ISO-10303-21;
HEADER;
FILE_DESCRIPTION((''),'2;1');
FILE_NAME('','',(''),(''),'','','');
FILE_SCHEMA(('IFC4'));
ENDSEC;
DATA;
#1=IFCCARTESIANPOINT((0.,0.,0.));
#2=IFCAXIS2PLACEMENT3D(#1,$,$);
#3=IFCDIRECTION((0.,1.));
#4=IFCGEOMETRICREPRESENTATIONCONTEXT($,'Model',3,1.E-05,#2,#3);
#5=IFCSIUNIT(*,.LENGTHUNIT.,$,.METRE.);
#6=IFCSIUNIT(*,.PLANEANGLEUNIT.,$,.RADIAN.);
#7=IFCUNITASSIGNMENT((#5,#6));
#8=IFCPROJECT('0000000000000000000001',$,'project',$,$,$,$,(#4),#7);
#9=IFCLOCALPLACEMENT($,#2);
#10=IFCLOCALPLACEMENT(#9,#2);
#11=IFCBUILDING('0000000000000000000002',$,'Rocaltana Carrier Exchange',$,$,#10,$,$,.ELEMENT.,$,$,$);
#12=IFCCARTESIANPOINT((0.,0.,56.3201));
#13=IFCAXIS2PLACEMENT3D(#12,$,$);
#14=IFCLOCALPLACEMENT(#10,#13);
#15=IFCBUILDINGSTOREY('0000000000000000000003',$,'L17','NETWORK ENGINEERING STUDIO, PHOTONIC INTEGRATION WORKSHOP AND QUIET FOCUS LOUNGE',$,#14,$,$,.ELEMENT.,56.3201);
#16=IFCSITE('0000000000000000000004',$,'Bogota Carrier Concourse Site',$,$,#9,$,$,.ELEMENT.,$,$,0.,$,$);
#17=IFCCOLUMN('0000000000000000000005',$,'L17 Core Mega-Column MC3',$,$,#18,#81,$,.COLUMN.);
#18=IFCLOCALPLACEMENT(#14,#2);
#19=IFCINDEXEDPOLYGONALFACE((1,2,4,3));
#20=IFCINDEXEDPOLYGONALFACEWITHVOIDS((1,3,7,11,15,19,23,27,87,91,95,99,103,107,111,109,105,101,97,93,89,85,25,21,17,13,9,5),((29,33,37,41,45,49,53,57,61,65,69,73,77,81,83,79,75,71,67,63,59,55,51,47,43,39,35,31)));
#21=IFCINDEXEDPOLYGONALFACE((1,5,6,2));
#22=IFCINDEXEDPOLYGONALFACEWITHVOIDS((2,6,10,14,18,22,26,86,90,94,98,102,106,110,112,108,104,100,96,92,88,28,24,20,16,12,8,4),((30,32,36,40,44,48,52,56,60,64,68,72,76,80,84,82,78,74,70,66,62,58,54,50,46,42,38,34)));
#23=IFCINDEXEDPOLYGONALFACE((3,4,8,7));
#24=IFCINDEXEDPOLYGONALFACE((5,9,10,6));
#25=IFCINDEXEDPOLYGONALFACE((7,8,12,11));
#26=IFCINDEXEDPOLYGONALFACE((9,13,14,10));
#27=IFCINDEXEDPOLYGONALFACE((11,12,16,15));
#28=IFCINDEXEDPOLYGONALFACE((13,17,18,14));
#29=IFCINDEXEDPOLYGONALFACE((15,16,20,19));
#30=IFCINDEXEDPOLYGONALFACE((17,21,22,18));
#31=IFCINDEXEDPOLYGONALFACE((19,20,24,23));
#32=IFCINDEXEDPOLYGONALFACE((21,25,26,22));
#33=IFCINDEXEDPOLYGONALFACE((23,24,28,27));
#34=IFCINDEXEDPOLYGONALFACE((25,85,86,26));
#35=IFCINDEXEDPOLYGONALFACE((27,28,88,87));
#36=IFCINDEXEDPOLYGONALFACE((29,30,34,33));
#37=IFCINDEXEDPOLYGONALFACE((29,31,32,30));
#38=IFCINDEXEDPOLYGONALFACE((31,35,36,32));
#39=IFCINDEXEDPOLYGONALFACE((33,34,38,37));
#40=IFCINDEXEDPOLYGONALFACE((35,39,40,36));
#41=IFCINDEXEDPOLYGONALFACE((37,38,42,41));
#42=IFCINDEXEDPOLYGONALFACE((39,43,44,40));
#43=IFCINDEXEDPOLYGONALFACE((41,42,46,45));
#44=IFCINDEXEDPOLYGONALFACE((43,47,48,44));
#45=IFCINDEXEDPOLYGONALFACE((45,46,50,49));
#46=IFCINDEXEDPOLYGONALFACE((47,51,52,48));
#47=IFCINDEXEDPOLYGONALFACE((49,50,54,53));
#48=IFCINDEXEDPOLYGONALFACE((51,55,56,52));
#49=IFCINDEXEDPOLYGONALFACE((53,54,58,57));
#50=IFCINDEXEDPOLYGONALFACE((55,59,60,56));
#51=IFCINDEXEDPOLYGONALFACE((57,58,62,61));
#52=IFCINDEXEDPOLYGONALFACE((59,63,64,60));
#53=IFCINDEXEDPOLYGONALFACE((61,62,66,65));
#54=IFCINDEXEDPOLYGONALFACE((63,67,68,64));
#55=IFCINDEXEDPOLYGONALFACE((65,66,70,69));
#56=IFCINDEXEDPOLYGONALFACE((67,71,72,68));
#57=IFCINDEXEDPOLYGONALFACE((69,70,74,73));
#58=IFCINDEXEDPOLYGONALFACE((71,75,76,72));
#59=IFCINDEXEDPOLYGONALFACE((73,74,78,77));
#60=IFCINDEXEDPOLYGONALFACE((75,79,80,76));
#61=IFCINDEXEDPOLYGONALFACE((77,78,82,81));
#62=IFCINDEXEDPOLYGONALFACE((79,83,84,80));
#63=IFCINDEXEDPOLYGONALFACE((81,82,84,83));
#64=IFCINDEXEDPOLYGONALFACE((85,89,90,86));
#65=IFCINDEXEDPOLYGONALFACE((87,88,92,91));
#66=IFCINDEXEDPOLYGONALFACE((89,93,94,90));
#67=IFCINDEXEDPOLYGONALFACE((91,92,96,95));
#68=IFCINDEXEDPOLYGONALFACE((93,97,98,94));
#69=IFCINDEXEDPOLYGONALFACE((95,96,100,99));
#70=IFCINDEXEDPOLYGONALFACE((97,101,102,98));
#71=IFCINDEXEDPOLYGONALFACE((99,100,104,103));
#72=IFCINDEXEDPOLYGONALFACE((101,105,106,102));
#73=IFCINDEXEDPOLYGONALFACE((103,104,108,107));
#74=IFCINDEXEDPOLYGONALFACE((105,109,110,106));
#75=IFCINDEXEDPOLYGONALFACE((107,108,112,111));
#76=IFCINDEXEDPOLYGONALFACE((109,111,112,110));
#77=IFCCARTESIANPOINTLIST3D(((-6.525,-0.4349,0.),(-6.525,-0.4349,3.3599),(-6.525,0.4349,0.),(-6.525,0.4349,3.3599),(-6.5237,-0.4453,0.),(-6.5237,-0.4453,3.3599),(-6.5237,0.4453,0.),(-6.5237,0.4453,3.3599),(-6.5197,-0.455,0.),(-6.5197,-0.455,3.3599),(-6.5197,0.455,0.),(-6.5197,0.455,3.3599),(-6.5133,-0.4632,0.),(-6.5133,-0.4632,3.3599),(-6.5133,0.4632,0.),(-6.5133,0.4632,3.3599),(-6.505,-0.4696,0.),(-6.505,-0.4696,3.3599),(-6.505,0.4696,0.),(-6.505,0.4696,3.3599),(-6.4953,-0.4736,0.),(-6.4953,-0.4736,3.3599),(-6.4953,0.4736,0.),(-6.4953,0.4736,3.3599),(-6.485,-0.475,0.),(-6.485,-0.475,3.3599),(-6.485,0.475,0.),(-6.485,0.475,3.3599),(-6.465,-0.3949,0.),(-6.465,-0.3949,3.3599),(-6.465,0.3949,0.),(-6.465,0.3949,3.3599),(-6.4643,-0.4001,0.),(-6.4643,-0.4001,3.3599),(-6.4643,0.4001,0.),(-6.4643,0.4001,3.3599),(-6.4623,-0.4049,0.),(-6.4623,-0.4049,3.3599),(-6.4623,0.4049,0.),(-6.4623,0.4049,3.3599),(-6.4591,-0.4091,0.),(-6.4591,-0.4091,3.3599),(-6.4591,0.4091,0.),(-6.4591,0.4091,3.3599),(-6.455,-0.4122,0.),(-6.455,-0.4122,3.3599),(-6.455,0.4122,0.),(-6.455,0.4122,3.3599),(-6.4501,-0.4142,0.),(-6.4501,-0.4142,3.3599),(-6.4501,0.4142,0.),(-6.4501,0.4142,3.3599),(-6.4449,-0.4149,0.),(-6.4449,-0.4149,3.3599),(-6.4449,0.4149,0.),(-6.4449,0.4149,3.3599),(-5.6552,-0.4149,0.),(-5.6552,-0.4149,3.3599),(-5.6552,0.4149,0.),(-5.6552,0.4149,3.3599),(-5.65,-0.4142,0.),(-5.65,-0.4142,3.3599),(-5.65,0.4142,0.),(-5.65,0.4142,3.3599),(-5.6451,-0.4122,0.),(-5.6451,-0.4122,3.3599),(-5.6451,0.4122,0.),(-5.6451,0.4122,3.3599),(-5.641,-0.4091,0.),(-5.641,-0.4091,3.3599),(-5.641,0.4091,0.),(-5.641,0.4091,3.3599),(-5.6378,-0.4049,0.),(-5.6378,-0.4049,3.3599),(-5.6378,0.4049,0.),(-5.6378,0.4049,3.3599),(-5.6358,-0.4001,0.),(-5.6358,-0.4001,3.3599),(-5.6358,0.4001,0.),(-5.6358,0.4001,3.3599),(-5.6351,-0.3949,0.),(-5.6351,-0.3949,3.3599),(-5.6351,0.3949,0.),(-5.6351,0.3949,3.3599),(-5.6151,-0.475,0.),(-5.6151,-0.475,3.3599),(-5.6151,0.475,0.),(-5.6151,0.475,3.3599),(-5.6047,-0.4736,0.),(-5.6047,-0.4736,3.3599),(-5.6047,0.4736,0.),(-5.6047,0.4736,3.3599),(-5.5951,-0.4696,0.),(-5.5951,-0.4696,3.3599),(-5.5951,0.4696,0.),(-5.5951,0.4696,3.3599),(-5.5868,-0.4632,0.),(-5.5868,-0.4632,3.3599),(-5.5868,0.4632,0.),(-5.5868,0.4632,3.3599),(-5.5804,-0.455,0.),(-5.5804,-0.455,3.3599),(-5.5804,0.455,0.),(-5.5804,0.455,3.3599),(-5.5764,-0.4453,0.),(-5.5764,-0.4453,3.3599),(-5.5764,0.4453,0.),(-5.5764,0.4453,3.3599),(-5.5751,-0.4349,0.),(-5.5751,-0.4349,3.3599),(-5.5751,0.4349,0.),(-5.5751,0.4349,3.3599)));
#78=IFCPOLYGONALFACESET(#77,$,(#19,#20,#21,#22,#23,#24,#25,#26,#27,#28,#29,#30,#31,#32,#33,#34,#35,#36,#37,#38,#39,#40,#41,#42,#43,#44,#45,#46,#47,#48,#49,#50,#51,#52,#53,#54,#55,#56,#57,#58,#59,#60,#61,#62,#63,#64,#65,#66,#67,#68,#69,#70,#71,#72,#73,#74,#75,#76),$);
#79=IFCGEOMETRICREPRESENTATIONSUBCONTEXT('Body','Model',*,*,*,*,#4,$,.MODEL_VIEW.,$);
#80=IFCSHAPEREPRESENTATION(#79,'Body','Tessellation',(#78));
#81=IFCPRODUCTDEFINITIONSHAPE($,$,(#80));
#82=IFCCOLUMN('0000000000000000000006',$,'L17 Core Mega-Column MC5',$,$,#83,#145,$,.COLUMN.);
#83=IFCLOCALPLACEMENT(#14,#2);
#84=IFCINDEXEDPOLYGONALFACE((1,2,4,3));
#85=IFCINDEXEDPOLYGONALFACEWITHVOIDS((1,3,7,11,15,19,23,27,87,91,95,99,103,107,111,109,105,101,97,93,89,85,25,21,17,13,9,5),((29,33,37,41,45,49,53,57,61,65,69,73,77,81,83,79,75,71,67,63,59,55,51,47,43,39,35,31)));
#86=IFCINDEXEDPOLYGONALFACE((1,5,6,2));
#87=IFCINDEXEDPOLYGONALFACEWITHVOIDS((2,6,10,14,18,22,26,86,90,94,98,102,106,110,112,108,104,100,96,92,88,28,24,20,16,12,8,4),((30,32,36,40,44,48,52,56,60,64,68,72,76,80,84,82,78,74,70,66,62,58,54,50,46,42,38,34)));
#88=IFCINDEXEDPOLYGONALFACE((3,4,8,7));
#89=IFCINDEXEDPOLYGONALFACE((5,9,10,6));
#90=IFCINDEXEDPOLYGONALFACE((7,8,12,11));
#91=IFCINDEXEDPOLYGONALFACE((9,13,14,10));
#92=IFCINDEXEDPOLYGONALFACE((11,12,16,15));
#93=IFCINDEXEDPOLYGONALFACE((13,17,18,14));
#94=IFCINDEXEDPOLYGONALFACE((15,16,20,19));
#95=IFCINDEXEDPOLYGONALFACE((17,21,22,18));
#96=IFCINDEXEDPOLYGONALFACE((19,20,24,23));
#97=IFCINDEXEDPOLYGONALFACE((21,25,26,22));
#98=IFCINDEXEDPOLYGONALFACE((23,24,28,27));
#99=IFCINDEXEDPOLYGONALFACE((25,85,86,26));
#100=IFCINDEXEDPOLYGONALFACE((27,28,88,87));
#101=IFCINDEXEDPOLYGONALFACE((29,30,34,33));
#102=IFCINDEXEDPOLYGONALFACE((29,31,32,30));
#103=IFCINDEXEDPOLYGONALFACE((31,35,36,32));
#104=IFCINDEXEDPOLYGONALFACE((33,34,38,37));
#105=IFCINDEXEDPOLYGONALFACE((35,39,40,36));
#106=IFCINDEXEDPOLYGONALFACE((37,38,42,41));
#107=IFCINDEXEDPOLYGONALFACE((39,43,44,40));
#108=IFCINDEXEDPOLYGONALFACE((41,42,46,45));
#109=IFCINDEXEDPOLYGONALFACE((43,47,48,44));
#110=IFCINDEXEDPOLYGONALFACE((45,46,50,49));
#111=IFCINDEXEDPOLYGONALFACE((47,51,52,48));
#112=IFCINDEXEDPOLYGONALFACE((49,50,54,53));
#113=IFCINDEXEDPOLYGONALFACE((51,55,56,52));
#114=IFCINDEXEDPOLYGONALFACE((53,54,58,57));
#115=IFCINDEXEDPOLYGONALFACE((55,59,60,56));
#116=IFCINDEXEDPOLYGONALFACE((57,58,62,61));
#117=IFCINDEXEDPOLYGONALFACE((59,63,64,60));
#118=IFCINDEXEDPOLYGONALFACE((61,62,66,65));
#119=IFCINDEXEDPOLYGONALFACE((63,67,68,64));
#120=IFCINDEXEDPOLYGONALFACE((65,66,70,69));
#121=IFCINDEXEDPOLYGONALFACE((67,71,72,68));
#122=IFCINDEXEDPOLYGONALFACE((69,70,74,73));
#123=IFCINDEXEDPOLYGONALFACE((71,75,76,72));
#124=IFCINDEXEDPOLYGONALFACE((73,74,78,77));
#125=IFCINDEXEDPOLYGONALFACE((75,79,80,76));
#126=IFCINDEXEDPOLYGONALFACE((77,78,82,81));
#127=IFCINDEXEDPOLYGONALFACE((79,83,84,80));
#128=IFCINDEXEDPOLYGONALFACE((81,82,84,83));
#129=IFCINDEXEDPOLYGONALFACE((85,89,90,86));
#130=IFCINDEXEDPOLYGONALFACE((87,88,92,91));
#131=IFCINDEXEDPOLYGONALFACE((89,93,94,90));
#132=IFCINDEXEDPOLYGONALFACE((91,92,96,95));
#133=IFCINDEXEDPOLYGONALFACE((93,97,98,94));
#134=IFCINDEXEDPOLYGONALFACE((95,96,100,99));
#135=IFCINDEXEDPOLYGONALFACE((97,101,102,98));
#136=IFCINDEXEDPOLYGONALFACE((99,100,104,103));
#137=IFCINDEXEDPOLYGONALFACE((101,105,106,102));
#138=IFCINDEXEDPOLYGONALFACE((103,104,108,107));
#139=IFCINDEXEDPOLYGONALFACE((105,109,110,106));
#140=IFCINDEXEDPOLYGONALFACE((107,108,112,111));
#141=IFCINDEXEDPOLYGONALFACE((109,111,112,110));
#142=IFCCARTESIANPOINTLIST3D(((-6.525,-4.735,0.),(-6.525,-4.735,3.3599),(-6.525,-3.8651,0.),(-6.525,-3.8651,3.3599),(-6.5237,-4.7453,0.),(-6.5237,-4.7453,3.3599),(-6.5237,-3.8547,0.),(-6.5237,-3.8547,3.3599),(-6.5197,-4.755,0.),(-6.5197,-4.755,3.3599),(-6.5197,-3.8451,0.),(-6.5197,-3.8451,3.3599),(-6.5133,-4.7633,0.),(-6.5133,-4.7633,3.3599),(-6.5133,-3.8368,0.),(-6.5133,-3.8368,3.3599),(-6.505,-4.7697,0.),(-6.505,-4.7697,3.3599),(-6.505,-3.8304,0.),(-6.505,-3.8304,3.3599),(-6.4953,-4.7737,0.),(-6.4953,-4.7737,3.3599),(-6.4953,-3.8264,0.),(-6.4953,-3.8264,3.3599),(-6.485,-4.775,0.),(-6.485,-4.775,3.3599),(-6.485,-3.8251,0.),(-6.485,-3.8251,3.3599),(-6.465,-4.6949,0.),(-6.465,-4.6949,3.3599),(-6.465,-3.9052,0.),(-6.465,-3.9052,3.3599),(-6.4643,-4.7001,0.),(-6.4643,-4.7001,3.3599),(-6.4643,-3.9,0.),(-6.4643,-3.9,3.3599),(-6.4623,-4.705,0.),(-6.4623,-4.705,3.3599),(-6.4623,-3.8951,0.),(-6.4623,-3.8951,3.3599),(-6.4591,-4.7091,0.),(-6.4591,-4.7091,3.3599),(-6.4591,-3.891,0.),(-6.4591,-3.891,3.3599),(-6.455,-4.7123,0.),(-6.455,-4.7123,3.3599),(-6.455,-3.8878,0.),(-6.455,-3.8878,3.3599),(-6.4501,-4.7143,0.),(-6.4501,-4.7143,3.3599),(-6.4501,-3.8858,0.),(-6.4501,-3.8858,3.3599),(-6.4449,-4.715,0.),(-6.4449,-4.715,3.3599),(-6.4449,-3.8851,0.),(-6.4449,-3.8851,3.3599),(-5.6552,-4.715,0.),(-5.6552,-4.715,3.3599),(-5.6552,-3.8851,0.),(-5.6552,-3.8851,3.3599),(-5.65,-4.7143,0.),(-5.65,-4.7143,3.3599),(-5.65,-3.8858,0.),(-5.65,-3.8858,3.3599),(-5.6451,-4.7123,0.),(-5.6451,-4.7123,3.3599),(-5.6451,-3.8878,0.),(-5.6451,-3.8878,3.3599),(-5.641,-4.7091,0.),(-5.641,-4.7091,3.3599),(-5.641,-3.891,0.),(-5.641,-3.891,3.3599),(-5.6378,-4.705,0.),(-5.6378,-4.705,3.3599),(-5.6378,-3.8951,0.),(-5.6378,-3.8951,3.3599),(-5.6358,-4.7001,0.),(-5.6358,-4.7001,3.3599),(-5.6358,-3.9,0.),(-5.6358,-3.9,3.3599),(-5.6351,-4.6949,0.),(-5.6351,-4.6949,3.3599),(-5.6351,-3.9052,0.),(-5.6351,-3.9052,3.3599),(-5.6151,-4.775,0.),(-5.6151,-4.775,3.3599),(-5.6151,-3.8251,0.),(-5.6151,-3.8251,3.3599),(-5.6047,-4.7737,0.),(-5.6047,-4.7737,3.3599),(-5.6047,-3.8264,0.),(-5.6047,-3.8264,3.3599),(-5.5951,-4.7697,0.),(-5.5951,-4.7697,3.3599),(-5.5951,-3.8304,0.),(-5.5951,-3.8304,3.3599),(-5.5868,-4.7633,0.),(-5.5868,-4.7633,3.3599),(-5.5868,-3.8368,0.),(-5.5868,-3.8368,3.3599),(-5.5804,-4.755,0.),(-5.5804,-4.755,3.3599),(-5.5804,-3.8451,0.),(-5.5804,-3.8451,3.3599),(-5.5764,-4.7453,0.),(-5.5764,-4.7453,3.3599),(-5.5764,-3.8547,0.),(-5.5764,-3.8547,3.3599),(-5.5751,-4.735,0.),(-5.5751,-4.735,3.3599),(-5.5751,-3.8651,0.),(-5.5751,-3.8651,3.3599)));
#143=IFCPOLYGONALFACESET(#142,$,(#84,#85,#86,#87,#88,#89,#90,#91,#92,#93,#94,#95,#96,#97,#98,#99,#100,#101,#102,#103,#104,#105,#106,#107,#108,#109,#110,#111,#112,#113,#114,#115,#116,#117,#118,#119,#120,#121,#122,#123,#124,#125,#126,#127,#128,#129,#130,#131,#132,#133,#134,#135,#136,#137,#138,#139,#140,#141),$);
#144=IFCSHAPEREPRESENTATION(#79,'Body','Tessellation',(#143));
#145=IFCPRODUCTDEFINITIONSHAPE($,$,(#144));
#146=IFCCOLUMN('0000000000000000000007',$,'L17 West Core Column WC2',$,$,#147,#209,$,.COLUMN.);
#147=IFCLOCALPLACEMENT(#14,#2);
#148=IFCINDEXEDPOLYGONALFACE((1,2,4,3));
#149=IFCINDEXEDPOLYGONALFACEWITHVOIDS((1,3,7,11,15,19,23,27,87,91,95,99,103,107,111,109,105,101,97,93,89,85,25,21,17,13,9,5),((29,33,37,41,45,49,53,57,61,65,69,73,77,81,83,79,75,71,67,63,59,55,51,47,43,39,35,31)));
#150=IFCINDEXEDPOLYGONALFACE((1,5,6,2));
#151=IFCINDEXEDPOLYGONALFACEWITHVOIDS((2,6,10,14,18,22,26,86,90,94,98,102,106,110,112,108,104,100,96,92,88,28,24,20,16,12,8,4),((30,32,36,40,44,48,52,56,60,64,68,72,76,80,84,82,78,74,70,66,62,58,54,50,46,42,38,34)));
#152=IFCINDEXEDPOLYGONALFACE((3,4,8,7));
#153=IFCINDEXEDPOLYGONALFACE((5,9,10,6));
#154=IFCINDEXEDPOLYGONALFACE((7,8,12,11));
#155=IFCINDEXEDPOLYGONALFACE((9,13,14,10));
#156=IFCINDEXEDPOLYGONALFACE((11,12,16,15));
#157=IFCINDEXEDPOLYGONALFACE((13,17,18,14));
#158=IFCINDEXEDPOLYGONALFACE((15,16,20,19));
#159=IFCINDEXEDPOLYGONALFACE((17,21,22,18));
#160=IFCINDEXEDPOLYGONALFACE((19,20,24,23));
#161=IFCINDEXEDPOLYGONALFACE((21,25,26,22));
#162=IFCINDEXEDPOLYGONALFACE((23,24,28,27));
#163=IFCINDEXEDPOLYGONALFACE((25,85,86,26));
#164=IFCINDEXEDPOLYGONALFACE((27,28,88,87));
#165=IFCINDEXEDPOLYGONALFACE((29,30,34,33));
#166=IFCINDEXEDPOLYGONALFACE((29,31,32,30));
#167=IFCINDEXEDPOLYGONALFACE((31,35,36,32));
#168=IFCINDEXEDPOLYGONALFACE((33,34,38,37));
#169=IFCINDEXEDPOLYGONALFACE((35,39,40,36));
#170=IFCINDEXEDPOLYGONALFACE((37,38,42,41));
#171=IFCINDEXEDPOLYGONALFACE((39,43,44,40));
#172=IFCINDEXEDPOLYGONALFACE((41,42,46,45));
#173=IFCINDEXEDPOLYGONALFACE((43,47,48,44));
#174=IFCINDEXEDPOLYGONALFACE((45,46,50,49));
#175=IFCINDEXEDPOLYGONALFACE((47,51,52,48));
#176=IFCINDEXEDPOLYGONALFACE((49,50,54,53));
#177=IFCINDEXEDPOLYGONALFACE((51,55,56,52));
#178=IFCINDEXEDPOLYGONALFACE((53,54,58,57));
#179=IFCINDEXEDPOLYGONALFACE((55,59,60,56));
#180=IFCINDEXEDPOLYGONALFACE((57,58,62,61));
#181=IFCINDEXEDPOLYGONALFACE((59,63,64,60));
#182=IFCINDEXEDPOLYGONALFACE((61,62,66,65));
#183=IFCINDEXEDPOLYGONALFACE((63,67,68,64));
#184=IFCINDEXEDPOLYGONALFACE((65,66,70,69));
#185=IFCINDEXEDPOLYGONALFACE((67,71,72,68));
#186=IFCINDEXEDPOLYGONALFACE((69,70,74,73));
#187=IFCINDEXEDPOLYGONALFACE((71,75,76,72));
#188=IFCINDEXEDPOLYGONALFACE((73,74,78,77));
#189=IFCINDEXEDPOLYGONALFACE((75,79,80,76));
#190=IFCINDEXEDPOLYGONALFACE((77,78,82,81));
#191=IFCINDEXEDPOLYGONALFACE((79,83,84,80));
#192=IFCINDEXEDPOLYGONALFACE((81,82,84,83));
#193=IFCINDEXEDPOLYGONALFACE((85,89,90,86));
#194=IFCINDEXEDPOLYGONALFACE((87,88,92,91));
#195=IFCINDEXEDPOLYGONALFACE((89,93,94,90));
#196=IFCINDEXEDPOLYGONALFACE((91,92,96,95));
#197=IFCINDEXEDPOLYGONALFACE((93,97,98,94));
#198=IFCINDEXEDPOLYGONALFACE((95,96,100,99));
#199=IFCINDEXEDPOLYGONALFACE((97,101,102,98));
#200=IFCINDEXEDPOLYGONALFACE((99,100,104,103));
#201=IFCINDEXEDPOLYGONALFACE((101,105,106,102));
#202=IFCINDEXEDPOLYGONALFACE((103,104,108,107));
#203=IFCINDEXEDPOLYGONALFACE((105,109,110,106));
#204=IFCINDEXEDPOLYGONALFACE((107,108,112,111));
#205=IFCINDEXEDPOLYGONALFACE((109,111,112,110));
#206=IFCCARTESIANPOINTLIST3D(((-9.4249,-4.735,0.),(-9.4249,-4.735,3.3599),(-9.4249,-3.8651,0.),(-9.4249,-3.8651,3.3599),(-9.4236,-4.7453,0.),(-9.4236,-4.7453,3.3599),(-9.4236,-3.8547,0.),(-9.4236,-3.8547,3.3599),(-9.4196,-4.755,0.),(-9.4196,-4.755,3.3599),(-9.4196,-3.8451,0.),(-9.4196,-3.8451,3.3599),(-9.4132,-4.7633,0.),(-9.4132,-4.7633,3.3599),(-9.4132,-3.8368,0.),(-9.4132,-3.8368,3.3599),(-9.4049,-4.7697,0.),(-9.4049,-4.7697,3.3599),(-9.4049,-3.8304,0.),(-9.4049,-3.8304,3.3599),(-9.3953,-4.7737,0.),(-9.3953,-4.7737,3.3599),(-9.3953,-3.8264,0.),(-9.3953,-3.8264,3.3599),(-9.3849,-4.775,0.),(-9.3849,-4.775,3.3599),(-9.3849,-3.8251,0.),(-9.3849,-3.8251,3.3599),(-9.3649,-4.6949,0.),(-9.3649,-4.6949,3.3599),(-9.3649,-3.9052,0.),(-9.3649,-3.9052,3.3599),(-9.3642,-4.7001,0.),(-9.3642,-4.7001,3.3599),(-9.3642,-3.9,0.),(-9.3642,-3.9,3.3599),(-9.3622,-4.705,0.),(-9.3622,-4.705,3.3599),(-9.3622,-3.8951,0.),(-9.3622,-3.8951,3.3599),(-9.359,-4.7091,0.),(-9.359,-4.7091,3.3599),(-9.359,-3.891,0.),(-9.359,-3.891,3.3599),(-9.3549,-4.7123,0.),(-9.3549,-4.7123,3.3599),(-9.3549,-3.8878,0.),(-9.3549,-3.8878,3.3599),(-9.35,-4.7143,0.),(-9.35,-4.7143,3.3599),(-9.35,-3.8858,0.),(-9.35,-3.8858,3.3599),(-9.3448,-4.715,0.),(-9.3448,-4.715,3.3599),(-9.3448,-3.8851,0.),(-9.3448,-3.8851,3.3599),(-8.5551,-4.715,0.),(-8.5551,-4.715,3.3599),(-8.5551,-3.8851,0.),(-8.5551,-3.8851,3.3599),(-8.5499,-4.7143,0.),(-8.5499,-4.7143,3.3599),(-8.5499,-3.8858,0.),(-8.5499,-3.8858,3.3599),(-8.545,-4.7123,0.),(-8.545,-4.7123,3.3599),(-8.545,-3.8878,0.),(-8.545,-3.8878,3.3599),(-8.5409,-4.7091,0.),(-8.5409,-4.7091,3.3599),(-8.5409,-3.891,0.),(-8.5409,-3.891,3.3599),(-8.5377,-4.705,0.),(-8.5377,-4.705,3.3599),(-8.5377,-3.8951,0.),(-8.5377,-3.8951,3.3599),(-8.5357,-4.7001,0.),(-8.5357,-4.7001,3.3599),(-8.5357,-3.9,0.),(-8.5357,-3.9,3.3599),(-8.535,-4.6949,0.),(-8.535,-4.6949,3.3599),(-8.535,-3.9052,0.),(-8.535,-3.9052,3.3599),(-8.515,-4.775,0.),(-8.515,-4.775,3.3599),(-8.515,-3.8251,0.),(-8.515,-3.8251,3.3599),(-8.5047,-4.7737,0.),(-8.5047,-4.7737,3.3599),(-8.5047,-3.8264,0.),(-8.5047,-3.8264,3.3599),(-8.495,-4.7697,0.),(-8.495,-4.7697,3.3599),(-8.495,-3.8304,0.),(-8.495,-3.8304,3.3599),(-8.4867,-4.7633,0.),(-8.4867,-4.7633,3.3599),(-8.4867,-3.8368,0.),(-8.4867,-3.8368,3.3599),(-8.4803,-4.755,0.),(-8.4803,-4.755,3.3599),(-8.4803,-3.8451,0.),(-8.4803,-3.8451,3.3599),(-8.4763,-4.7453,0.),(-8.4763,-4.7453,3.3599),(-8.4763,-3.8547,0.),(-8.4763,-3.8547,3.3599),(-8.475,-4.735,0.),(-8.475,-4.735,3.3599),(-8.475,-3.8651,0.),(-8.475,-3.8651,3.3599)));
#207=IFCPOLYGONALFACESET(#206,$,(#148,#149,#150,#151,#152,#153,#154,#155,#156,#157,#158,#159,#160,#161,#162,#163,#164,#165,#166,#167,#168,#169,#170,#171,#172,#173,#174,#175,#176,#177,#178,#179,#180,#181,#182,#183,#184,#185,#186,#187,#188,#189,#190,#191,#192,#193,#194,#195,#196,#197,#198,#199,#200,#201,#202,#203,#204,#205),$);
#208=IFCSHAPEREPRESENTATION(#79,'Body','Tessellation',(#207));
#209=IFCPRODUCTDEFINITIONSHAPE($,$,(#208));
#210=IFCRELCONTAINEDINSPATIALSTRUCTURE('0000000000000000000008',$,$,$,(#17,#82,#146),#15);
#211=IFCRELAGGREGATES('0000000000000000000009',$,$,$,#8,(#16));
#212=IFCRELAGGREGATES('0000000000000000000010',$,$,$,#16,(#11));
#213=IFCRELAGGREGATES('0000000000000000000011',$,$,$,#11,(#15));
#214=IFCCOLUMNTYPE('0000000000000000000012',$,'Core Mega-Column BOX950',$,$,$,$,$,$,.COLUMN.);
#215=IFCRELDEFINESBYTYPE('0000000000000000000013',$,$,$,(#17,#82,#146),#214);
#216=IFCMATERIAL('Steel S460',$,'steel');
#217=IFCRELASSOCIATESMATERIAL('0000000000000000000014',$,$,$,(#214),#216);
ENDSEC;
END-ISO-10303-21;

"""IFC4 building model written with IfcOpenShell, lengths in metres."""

from ifc_helpers import new_model, si_unit, direction, frame, origin, origin_2d, place, context, subcontext, project, spatial, hollow_rectangle, extrude, material, material_profile, profile_set, type_object, element, save


model = new_model("IFC4")

# Units and contexts
model_context = context("Model", 3, precision=1e-05, world=origin(), true_north=direction((0.0, 1.0)))
body_context = subcontext(model_context, "Body", "Model", "MODEL_VIEW")
ifc_project = project(units=[si_unit("LENGTHUNIT", "METRE"), si_unit("PLANEANGLEUNIT", "RADIAN")], contexts=[model_context])

# Site, building, storey
site_placement = place(None, origin())
site = spatial("IfcSite", under=ifc_project, at=site_placement, Name="Bogota Carrier Concourse Site", CompositionType="ELEMENT", RefElevation=0.0)
building_placement = place(site_placement, origin())
building = spatial("IfcBuilding", under=site, at=building_placement, Name="Rocaltana Carrier Exchange", CompositionType="ELEMENT")
storey_placement = place(building_placement, frame((0.0, 0.0, 56.3201)))
storey = spatial("IfcBuildingStorey", under=building, at=storey_placement, Name="L17", Description="NETWORK ENGINEERING STUDIO, PHOTONIC INTEGRATION WORKSHOP AND QUIET FOCUS LOUNGE", CompositionType="ELEMENT", Elevation=56.3201)

# Columns
ifc_material_1 = material(Name="Steel S460", Category="steel")
ifc_material_profile_1 = material_profile(ifc_material_1, hollow_rectangle(XDim=0.95, YDim=0.95, WallThickness=0.0601, InnerFilletRadius=0.02, OuterFilletRadius=0.04, at=origin_2d()), Name="BOX950X950X60")
ifc_profile_set_1 = profile_set([ifc_material_profile_1], Name="Steel S460")
column_type = type_object("IfcColumnType", Name="Core Mega-Column BOX950", PredefinedType="COLUMN", material=ifc_profile_set_1)
for number, where, z_axis, x_axis, name in (
    (1, (-6.05, 0.0, 0.0), (0.0, 0.0, 1.0), (1.0, 0.0, 0.0), "L17 Core Mega-Column MC3"),
    (2, (-6.05, -4.3, 0.0), (0.0, 0.0, 1.0), (1.0, 0.0, 0.0), "L17 Core Mega-Column MC5"),
    (3, (-8.95, -4.3, 0.0), (0.0, 0.0, 1.0), (1.0, 0.0, 0.0), "L17 West Core Column WC2"),
):
    element("IfcColumn", number, at=place(storey_placement, frame(where, z_axis=z_axis, x_axis=x_axis)), inside=storey, type_object=column_type, Name=name, PredefinedType="COLUMN", context=body_context, shape_type="SweptSolid", body=[
        extrude(hollow_rectangle(XDim=0.95, YDim=0.95, WallThickness=0.0601, InnerFilletRadius=0.02, OuterFilletRadius=0.04, at=origin_2d()), origin(), (0.0, 0.0, 1.0), 3.3599),
    ])

save(model, "model.ifc")
